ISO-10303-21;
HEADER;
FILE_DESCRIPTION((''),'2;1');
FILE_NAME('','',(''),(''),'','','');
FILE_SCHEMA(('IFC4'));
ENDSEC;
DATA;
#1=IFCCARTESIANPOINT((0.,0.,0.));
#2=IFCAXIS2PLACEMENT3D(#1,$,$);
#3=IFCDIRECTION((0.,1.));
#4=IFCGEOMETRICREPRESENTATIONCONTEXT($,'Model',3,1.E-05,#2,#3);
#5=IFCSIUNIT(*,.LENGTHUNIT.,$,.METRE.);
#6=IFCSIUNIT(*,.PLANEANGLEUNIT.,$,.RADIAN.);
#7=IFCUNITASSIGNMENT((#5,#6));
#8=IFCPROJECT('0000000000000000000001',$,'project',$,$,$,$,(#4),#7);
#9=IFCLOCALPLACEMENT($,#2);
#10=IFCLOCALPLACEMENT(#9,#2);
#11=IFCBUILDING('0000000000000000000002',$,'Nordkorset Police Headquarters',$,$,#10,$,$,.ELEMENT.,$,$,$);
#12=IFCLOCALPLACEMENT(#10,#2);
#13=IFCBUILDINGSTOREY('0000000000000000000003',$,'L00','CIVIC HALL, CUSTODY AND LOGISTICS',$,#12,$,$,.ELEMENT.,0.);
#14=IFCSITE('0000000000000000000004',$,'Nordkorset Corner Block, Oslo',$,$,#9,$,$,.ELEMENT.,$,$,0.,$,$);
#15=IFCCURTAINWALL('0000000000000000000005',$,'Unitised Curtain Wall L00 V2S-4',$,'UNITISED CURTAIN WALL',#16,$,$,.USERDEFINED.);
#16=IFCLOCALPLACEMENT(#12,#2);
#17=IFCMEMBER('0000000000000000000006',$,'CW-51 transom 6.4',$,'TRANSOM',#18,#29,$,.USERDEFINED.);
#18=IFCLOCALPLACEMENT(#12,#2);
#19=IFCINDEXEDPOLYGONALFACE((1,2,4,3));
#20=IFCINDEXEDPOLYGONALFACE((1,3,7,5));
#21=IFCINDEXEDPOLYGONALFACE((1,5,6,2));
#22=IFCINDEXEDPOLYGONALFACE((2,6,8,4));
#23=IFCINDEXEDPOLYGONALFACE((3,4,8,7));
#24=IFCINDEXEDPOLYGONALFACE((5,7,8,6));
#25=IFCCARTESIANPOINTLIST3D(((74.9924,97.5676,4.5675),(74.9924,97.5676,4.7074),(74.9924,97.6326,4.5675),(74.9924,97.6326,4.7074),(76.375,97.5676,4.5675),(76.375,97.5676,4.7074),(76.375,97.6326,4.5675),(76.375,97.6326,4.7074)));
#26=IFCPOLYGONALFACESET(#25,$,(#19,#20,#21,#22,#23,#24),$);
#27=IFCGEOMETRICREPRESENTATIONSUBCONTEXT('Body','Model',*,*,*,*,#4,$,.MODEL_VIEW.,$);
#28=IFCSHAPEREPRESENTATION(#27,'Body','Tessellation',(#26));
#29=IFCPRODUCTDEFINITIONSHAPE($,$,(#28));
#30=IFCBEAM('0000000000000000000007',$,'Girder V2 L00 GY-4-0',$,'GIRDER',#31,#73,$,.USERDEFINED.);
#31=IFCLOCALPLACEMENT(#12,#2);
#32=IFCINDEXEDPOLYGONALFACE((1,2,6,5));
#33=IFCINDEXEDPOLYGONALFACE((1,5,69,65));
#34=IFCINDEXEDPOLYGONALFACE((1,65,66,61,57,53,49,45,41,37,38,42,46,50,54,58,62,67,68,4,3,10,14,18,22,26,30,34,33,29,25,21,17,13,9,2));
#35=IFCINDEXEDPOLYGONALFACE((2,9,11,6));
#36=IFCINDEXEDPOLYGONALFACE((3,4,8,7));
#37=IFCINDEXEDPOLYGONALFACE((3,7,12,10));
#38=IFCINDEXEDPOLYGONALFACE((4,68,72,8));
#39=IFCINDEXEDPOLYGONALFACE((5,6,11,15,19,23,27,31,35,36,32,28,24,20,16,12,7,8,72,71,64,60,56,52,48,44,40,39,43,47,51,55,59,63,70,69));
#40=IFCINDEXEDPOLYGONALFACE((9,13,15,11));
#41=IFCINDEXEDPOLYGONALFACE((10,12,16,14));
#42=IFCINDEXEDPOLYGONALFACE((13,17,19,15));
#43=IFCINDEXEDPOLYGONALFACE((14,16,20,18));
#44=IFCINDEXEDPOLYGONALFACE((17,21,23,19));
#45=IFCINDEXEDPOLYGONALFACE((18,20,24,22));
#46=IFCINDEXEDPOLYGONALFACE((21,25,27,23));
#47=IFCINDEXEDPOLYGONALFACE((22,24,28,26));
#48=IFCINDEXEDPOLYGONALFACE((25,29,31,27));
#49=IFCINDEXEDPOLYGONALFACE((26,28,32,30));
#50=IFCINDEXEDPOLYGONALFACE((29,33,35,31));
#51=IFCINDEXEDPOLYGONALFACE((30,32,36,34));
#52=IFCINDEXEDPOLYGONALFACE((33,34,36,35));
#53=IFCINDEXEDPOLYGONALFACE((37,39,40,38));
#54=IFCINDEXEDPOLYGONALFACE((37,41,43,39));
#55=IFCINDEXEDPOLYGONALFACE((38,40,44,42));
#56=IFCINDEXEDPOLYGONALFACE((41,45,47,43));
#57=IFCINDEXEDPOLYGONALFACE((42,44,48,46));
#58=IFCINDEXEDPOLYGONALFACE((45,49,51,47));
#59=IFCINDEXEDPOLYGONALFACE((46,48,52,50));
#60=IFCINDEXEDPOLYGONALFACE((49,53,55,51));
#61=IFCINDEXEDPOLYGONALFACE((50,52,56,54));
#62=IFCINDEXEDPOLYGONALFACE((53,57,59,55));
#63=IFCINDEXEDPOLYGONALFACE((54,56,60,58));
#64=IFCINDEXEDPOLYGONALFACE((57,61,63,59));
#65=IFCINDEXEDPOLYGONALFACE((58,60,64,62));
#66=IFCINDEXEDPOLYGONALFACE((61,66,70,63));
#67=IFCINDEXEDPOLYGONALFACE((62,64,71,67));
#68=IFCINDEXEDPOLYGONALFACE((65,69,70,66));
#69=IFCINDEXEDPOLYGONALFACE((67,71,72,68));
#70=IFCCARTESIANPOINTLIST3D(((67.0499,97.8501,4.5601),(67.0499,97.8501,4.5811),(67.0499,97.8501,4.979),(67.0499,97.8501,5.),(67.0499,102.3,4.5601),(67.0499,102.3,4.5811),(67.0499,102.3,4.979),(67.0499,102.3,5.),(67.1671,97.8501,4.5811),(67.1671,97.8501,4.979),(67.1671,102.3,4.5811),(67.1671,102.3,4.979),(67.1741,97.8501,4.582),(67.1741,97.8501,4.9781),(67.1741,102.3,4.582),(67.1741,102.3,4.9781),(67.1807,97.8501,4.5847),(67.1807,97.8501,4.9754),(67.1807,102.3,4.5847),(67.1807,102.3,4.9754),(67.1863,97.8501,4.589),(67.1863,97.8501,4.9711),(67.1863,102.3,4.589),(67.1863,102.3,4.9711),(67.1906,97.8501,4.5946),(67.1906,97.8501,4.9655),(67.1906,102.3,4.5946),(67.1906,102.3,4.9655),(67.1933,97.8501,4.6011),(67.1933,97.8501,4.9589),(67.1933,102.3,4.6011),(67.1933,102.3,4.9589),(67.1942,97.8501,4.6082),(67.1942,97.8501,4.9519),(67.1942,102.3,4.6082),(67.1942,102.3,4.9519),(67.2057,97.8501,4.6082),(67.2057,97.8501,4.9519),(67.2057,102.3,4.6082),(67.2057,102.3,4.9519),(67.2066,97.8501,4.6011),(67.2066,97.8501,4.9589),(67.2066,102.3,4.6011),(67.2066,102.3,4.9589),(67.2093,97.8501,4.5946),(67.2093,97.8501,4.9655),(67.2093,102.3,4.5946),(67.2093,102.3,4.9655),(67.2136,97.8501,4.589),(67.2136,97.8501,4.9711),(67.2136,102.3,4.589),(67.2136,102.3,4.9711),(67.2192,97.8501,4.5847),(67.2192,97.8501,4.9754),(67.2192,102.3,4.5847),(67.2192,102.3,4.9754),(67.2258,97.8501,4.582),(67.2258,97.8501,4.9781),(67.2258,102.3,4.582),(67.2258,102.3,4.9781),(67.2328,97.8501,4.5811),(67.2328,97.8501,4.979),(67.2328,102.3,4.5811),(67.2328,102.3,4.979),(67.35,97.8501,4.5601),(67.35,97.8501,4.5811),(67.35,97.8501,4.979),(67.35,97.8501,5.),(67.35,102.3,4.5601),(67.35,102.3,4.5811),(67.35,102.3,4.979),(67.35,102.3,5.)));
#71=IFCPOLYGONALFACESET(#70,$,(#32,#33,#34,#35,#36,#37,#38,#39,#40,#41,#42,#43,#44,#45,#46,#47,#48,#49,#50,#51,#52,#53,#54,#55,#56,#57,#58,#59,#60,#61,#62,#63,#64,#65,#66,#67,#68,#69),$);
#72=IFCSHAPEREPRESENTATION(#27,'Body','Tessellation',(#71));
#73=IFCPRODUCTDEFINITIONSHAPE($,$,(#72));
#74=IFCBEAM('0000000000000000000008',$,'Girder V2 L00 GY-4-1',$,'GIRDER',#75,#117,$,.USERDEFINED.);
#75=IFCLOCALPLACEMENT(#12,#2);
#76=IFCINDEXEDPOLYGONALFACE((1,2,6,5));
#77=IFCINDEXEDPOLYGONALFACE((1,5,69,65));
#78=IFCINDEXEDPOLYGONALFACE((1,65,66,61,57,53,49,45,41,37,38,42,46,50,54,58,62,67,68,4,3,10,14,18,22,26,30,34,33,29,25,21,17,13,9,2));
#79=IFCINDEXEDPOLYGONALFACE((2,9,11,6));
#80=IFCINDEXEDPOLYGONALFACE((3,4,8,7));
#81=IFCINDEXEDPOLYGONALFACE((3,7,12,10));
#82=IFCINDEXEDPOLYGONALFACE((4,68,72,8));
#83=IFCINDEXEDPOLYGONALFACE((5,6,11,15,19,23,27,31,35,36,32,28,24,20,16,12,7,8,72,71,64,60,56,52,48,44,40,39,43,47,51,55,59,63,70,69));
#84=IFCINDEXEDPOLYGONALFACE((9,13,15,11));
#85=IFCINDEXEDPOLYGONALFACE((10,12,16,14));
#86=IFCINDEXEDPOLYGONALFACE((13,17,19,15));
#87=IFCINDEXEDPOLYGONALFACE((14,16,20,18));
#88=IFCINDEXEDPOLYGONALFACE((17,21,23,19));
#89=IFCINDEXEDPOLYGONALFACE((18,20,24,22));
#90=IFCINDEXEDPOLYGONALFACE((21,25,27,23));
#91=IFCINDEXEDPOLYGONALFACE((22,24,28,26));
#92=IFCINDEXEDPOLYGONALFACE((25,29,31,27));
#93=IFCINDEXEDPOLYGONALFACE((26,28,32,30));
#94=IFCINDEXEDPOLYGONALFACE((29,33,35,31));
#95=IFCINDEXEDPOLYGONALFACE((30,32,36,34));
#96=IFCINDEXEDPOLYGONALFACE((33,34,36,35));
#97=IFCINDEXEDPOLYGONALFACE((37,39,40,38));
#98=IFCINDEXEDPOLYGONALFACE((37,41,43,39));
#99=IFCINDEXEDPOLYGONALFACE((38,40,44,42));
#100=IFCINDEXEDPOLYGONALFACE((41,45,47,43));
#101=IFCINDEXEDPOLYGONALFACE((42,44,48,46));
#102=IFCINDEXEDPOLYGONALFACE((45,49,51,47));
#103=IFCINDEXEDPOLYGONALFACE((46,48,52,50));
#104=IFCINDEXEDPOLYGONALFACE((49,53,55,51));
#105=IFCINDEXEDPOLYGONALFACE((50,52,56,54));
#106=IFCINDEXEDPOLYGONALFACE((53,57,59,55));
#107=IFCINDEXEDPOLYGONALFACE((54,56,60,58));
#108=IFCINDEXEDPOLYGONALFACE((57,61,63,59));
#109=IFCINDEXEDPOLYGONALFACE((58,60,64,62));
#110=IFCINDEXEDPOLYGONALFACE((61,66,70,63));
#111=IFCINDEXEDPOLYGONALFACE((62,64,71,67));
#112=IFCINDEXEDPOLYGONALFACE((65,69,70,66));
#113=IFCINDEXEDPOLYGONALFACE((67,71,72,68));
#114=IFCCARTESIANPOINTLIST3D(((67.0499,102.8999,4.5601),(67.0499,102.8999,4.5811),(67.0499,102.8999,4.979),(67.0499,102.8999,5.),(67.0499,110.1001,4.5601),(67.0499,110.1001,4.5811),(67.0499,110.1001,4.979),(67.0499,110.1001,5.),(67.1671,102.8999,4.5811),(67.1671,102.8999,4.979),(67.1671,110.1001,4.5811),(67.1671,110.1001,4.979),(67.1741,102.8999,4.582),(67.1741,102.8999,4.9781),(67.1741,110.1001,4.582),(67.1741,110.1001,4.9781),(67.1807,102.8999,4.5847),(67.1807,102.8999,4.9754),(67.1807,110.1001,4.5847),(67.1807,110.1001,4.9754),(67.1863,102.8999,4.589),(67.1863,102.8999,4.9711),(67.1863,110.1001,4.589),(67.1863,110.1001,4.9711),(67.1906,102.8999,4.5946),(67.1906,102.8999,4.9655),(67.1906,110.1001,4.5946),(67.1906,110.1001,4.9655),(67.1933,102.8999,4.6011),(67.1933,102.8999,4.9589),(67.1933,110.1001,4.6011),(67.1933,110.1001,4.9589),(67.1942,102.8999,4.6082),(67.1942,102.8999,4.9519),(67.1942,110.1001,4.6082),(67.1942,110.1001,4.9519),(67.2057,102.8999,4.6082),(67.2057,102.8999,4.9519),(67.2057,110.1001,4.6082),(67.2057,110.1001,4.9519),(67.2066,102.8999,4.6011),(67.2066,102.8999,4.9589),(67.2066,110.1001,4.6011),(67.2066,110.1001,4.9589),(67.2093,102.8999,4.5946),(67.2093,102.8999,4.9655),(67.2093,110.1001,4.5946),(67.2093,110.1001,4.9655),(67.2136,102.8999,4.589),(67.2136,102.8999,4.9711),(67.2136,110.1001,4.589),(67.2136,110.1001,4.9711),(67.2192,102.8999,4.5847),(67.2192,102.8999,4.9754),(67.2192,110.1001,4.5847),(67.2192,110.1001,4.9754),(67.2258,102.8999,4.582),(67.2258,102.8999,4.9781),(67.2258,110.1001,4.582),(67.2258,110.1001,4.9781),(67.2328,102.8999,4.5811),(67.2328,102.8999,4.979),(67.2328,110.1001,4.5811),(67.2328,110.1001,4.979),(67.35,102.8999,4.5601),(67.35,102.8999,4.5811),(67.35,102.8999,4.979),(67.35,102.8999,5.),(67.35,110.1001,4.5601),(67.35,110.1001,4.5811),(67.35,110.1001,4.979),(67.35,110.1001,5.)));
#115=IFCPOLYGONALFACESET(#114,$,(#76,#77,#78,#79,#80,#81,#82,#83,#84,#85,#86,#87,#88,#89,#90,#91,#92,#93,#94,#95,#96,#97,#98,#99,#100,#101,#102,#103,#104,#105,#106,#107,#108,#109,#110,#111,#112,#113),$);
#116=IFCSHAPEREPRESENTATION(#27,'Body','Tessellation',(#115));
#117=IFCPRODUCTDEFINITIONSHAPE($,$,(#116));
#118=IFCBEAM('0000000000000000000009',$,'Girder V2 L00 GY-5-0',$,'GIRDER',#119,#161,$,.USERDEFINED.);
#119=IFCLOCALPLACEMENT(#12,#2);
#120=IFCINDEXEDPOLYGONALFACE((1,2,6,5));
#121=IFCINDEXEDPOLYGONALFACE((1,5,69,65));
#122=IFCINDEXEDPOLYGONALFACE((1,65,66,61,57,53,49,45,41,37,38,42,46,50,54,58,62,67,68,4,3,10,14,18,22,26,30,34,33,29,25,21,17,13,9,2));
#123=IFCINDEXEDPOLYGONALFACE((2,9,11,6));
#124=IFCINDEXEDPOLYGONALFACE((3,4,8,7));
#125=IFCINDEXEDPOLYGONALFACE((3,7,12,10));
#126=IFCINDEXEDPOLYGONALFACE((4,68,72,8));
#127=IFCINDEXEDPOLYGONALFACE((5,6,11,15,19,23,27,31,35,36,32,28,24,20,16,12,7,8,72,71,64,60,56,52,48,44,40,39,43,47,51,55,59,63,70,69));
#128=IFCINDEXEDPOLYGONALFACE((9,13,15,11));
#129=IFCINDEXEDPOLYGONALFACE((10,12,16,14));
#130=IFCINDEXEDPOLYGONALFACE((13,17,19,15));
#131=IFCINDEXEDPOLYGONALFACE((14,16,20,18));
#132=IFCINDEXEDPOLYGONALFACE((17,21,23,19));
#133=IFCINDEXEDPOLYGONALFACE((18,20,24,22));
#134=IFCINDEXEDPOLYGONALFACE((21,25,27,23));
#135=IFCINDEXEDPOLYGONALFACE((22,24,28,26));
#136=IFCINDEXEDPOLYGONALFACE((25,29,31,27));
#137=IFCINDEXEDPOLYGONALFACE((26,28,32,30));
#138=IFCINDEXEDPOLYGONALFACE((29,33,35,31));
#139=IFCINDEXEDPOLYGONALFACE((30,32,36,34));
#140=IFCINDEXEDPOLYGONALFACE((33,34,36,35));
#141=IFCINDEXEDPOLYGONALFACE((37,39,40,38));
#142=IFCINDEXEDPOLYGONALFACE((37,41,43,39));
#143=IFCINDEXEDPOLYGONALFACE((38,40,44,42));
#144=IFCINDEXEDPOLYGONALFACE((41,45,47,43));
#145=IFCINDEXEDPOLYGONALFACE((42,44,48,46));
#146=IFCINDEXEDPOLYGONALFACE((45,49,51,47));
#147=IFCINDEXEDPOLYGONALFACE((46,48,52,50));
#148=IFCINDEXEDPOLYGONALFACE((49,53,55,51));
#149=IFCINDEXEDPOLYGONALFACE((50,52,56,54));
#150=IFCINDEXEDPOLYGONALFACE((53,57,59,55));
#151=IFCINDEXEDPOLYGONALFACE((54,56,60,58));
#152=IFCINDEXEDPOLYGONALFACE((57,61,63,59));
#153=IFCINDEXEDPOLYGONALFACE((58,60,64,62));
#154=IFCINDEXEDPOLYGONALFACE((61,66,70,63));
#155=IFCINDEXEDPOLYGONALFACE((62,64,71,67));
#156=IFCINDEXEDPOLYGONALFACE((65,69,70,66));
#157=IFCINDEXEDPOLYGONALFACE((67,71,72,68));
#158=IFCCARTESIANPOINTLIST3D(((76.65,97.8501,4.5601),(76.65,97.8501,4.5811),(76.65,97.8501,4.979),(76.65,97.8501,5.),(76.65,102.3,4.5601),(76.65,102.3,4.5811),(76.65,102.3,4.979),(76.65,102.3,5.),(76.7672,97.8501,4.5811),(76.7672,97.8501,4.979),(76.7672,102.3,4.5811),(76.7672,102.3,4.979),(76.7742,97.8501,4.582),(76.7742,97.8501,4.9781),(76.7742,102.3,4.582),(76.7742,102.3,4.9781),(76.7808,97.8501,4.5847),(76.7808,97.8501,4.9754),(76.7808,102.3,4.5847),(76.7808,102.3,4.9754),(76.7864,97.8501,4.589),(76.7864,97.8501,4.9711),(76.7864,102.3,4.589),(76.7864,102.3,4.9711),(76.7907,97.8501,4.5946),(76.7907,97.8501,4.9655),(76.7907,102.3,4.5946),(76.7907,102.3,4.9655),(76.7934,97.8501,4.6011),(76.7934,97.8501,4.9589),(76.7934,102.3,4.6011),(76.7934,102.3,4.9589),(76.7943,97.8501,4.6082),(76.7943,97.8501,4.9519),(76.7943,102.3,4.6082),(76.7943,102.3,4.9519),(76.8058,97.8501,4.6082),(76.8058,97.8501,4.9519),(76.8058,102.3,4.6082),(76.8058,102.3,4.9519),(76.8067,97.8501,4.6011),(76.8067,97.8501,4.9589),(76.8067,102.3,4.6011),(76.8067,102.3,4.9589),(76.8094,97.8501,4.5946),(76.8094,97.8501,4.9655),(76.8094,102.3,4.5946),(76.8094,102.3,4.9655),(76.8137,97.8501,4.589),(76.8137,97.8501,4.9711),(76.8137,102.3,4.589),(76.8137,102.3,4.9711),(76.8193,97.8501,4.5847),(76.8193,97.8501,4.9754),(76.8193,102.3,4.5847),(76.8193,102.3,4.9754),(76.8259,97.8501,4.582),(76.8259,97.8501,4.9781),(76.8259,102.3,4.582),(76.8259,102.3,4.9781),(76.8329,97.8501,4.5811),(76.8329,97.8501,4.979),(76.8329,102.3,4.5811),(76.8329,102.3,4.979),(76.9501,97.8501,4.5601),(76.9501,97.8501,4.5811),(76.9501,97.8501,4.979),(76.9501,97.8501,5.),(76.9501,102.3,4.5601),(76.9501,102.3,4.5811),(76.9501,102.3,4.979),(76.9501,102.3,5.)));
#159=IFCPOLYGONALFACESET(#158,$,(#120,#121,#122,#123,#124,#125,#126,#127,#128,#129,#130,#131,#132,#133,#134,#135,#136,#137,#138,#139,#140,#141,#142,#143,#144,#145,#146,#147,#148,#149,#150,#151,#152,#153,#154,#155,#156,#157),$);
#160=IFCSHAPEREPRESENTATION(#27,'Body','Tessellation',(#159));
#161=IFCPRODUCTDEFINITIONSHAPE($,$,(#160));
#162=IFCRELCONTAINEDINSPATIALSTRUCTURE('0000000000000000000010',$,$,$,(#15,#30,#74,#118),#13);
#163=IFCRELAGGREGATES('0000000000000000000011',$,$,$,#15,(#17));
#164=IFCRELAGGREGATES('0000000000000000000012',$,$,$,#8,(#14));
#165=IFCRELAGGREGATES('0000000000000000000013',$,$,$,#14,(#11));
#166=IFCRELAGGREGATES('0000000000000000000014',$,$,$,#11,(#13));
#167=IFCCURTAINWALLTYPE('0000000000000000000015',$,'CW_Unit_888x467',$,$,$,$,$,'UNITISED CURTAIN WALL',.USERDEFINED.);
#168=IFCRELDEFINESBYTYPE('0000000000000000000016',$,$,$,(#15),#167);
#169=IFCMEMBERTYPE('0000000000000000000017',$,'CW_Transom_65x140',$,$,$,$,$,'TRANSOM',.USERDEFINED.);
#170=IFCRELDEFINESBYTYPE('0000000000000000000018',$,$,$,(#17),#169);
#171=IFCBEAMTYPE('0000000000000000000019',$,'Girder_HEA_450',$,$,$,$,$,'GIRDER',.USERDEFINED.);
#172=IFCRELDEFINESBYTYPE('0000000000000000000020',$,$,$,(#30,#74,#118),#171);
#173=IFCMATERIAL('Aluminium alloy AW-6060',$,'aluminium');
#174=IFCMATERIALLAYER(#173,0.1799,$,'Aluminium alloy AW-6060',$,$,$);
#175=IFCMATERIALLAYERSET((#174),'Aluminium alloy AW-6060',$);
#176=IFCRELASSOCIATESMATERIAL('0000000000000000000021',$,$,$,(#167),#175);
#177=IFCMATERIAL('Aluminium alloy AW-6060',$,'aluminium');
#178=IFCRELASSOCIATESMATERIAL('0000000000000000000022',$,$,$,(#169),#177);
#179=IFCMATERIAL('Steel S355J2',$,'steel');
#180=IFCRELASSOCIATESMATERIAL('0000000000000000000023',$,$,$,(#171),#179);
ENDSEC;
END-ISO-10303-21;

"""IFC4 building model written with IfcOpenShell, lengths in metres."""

from ifc_helpers import new_model, si_unit, direction, frame, origin, origin_2d, place, context, subcontext, project, spatial, rectangle, i_section, extrude, material, layer, layer_set, material_profile, profile_set, type_object, element, aggregate, save


model = new_model("IFC4")

# Units and contexts
model_context = context("Model", 3, precision=1e-05, world=origin(), true_north=direction((0.0, 1.0)))
body_context = subcontext(model_context, "Body", "Model", "MODEL_VIEW")
ifc_project = project(units=[si_unit("LENGTHUNIT", "METRE"), si_unit("PLANEANGLEUNIT", "RADIAN")], contexts=[model_context])

# Site, building, storey
site_placement = place(None, origin())
site = spatial("IfcSite", under=ifc_project, at=site_placement, Name="Nordkorset Corner Block, Oslo", CompositionType="ELEMENT", RefElevation=0.0)
building_placement = place(site_placement, origin())
building = spatial("IfcBuilding", under=site, at=building_placement, Name="Nordkorset Police Headquarters", CompositionType="ELEMENT")
storey_placement = place(building_placement, origin())
storey = spatial("IfcBuildingStorey", under=building, at=storey_placement, Name="L00", Description="CIVIC HALL, CUSTODY AND LOGISTICS", CompositionType="ELEMENT", Elevation=0.0)

# Curtain wall, member
ifc_material_1 = material(Name="Aluminium alloy AW-6060", Category="aluminium")
ifc_layer_1 = layer(ifc_material_1, 0.1799, Name="Aluminium alloy AW-6060")
ifc_layer_set_1 = layer_set([ifc_layer_1], Name="Aluminium alloy AW-6060")
curtain_wall_type = type_object("IfcCurtainWallType", Name="CW_Unit_888x467", ElementType="UNITISED CURTAIN WALL", PredefinedType="USERDEFINED", material=ifc_layer_set_1)
curtain_wall_placement = place(storey_placement, origin())
curtain_wall = element("IfcCurtainWall", 1, at=curtain_wall_placement, inside=storey, type_object=curtain_wall_type, Name="Unitised Curtain Wall L00 V2S-4", ObjectType="UNITISED CURTAIN WALL", PredefinedType="USERDEFINED")
ifc_material_2 = material(Name="Aluminium alloy AW-6060", Category="aluminium")
ifc_material_profile_1 = material_profile(ifc_material_2, rectangle(XDim=0.0649, YDim=0.1399, at=origin_2d()), Name="ALU TRAN 65x140")
ifc_profile_set_1 = profile_set([ifc_material_profile_1], Name="Aluminium alloy AW-6060")
member_type_1 = type_object("IfcMemberType", Name="CW_Transom_65x140", ElementType="TRANSOM", PredefinedType="USERDEFINED", material=ifc_profile_set_1)
member_1_placement = place(storey_placement, frame((74.9924, 97.6001, 4.6375), z_axis=(1.0, 0.0, 0.0), x_axis=(0.0, 1.0, 0.0)))
member_1 = element("IfcMember", 2, at=member_1_placement, type_object=member_type_1, Name="CW-51 transom 6.4", ObjectType="TRANSOM", PredefinedType="USERDEFINED", context=body_context, shape_type="SweptSolid", body=[
    extrude(rectangle(XDim=0.0649, YDim=0.1399, at=origin_2d()), origin(), (0.0, 0.0, 1.0), 1.3826),
])

# Beams
ifc_material_3 = material(Name="Steel S355J2", Category="steel")
ifc_material_profile_2 = material_profile(ifc_material_3, i_section(OverallWidth=0.3, OverallDepth=0.4399, WebThickness=0.0115, FlangeThickness=0.021, FilletRadius=0.0271, at=origin_2d()), Name="HEA 450")
ifc_profile_set_2 = profile_set([ifc_material_profile_2], Name="Steel S355J2")
beam_type_1 = type_object("IfcBeamType", Name="Girder_HEA_450", ElementType="GIRDER", PredefinedType="USERDEFINED", material=ifc_profile_set_2)
beam_1_placement = place(storey_placement, frame((67.2, 97.8501, 4.78), z_axis=(0.0, 1.0, 0.0), x_axis=(-1.0, 0.0, 0.0)))
element("IfcBeam", 3, at=beam_1_placement, inside=storey, type_object=beam_type_1, Name="Girder V2 L00 GY-4-0", ObjectType="GIRDER", PredefinedType="USERDEFINED", context=body_context, shape_type="SweptSolid", body=[
    extrude(i_section(OverallWidth=0.3, OverallDepth=0.4399, WebThickness=0.0115, FlangeThickness=0.021, FilletRadius=0.0271, at=origin_2d()), origin(), (0.0, 0.0, 1.0), 4.45),
])
beam_2_placement = place(storey_placement, frame((67.2, 102.8999, 4.78), z_axis=(0.0, 1.0, 0.0), x_axis=(-1.0, 0.0, 0.0)))
element("IfcBeam", 4, at=beam_2_placement, inside=storey, type_object=beam_type_1, Name="Girder V2 L00 GY-4-1", ObjectType="GIRDER", PredefinedType="USERDEFINED", context=body_context, shape_type="SweptSolid", body=[
    extrude(i_section(OverallWidth=0.3, OverallDepth=0.4399, WebThickness=0.0115, FlangeThickness=0.021, FilletRadius=0.0271, at=origin_2d()), origin(), (0.0, 0.0, 1.0), 7.2002),
])
beam_3_placement = place(storey_placement, frame((76.8, 97.8501, 4.78), z_axis=(0.0, 1.0, 0.0), x_axis=(-1.0, 0.0, 0.0)))
element("IfcBeam", 5, at=beam_3_placement, inside=storey, type_object=beam_type_1, Name="Girder V2 L00 GY-5-0", ObjectType="GIRDER", PredefinedType="USERDEFINED", context=body_context, shape_type="SweptSolid", body=[
    extrude(i_section(OverallWidth=0.3, OverallDepth=0.4399, WebThickness=0.0115, FlangeThickness=0.021, FilletRadius=0.0271, at=origin_2d()), origin(), (0.0, 0.0, 1.0), 4.45),
])

aggregate(curtain_wall, [member_1])

save(model, "model.ifc")
